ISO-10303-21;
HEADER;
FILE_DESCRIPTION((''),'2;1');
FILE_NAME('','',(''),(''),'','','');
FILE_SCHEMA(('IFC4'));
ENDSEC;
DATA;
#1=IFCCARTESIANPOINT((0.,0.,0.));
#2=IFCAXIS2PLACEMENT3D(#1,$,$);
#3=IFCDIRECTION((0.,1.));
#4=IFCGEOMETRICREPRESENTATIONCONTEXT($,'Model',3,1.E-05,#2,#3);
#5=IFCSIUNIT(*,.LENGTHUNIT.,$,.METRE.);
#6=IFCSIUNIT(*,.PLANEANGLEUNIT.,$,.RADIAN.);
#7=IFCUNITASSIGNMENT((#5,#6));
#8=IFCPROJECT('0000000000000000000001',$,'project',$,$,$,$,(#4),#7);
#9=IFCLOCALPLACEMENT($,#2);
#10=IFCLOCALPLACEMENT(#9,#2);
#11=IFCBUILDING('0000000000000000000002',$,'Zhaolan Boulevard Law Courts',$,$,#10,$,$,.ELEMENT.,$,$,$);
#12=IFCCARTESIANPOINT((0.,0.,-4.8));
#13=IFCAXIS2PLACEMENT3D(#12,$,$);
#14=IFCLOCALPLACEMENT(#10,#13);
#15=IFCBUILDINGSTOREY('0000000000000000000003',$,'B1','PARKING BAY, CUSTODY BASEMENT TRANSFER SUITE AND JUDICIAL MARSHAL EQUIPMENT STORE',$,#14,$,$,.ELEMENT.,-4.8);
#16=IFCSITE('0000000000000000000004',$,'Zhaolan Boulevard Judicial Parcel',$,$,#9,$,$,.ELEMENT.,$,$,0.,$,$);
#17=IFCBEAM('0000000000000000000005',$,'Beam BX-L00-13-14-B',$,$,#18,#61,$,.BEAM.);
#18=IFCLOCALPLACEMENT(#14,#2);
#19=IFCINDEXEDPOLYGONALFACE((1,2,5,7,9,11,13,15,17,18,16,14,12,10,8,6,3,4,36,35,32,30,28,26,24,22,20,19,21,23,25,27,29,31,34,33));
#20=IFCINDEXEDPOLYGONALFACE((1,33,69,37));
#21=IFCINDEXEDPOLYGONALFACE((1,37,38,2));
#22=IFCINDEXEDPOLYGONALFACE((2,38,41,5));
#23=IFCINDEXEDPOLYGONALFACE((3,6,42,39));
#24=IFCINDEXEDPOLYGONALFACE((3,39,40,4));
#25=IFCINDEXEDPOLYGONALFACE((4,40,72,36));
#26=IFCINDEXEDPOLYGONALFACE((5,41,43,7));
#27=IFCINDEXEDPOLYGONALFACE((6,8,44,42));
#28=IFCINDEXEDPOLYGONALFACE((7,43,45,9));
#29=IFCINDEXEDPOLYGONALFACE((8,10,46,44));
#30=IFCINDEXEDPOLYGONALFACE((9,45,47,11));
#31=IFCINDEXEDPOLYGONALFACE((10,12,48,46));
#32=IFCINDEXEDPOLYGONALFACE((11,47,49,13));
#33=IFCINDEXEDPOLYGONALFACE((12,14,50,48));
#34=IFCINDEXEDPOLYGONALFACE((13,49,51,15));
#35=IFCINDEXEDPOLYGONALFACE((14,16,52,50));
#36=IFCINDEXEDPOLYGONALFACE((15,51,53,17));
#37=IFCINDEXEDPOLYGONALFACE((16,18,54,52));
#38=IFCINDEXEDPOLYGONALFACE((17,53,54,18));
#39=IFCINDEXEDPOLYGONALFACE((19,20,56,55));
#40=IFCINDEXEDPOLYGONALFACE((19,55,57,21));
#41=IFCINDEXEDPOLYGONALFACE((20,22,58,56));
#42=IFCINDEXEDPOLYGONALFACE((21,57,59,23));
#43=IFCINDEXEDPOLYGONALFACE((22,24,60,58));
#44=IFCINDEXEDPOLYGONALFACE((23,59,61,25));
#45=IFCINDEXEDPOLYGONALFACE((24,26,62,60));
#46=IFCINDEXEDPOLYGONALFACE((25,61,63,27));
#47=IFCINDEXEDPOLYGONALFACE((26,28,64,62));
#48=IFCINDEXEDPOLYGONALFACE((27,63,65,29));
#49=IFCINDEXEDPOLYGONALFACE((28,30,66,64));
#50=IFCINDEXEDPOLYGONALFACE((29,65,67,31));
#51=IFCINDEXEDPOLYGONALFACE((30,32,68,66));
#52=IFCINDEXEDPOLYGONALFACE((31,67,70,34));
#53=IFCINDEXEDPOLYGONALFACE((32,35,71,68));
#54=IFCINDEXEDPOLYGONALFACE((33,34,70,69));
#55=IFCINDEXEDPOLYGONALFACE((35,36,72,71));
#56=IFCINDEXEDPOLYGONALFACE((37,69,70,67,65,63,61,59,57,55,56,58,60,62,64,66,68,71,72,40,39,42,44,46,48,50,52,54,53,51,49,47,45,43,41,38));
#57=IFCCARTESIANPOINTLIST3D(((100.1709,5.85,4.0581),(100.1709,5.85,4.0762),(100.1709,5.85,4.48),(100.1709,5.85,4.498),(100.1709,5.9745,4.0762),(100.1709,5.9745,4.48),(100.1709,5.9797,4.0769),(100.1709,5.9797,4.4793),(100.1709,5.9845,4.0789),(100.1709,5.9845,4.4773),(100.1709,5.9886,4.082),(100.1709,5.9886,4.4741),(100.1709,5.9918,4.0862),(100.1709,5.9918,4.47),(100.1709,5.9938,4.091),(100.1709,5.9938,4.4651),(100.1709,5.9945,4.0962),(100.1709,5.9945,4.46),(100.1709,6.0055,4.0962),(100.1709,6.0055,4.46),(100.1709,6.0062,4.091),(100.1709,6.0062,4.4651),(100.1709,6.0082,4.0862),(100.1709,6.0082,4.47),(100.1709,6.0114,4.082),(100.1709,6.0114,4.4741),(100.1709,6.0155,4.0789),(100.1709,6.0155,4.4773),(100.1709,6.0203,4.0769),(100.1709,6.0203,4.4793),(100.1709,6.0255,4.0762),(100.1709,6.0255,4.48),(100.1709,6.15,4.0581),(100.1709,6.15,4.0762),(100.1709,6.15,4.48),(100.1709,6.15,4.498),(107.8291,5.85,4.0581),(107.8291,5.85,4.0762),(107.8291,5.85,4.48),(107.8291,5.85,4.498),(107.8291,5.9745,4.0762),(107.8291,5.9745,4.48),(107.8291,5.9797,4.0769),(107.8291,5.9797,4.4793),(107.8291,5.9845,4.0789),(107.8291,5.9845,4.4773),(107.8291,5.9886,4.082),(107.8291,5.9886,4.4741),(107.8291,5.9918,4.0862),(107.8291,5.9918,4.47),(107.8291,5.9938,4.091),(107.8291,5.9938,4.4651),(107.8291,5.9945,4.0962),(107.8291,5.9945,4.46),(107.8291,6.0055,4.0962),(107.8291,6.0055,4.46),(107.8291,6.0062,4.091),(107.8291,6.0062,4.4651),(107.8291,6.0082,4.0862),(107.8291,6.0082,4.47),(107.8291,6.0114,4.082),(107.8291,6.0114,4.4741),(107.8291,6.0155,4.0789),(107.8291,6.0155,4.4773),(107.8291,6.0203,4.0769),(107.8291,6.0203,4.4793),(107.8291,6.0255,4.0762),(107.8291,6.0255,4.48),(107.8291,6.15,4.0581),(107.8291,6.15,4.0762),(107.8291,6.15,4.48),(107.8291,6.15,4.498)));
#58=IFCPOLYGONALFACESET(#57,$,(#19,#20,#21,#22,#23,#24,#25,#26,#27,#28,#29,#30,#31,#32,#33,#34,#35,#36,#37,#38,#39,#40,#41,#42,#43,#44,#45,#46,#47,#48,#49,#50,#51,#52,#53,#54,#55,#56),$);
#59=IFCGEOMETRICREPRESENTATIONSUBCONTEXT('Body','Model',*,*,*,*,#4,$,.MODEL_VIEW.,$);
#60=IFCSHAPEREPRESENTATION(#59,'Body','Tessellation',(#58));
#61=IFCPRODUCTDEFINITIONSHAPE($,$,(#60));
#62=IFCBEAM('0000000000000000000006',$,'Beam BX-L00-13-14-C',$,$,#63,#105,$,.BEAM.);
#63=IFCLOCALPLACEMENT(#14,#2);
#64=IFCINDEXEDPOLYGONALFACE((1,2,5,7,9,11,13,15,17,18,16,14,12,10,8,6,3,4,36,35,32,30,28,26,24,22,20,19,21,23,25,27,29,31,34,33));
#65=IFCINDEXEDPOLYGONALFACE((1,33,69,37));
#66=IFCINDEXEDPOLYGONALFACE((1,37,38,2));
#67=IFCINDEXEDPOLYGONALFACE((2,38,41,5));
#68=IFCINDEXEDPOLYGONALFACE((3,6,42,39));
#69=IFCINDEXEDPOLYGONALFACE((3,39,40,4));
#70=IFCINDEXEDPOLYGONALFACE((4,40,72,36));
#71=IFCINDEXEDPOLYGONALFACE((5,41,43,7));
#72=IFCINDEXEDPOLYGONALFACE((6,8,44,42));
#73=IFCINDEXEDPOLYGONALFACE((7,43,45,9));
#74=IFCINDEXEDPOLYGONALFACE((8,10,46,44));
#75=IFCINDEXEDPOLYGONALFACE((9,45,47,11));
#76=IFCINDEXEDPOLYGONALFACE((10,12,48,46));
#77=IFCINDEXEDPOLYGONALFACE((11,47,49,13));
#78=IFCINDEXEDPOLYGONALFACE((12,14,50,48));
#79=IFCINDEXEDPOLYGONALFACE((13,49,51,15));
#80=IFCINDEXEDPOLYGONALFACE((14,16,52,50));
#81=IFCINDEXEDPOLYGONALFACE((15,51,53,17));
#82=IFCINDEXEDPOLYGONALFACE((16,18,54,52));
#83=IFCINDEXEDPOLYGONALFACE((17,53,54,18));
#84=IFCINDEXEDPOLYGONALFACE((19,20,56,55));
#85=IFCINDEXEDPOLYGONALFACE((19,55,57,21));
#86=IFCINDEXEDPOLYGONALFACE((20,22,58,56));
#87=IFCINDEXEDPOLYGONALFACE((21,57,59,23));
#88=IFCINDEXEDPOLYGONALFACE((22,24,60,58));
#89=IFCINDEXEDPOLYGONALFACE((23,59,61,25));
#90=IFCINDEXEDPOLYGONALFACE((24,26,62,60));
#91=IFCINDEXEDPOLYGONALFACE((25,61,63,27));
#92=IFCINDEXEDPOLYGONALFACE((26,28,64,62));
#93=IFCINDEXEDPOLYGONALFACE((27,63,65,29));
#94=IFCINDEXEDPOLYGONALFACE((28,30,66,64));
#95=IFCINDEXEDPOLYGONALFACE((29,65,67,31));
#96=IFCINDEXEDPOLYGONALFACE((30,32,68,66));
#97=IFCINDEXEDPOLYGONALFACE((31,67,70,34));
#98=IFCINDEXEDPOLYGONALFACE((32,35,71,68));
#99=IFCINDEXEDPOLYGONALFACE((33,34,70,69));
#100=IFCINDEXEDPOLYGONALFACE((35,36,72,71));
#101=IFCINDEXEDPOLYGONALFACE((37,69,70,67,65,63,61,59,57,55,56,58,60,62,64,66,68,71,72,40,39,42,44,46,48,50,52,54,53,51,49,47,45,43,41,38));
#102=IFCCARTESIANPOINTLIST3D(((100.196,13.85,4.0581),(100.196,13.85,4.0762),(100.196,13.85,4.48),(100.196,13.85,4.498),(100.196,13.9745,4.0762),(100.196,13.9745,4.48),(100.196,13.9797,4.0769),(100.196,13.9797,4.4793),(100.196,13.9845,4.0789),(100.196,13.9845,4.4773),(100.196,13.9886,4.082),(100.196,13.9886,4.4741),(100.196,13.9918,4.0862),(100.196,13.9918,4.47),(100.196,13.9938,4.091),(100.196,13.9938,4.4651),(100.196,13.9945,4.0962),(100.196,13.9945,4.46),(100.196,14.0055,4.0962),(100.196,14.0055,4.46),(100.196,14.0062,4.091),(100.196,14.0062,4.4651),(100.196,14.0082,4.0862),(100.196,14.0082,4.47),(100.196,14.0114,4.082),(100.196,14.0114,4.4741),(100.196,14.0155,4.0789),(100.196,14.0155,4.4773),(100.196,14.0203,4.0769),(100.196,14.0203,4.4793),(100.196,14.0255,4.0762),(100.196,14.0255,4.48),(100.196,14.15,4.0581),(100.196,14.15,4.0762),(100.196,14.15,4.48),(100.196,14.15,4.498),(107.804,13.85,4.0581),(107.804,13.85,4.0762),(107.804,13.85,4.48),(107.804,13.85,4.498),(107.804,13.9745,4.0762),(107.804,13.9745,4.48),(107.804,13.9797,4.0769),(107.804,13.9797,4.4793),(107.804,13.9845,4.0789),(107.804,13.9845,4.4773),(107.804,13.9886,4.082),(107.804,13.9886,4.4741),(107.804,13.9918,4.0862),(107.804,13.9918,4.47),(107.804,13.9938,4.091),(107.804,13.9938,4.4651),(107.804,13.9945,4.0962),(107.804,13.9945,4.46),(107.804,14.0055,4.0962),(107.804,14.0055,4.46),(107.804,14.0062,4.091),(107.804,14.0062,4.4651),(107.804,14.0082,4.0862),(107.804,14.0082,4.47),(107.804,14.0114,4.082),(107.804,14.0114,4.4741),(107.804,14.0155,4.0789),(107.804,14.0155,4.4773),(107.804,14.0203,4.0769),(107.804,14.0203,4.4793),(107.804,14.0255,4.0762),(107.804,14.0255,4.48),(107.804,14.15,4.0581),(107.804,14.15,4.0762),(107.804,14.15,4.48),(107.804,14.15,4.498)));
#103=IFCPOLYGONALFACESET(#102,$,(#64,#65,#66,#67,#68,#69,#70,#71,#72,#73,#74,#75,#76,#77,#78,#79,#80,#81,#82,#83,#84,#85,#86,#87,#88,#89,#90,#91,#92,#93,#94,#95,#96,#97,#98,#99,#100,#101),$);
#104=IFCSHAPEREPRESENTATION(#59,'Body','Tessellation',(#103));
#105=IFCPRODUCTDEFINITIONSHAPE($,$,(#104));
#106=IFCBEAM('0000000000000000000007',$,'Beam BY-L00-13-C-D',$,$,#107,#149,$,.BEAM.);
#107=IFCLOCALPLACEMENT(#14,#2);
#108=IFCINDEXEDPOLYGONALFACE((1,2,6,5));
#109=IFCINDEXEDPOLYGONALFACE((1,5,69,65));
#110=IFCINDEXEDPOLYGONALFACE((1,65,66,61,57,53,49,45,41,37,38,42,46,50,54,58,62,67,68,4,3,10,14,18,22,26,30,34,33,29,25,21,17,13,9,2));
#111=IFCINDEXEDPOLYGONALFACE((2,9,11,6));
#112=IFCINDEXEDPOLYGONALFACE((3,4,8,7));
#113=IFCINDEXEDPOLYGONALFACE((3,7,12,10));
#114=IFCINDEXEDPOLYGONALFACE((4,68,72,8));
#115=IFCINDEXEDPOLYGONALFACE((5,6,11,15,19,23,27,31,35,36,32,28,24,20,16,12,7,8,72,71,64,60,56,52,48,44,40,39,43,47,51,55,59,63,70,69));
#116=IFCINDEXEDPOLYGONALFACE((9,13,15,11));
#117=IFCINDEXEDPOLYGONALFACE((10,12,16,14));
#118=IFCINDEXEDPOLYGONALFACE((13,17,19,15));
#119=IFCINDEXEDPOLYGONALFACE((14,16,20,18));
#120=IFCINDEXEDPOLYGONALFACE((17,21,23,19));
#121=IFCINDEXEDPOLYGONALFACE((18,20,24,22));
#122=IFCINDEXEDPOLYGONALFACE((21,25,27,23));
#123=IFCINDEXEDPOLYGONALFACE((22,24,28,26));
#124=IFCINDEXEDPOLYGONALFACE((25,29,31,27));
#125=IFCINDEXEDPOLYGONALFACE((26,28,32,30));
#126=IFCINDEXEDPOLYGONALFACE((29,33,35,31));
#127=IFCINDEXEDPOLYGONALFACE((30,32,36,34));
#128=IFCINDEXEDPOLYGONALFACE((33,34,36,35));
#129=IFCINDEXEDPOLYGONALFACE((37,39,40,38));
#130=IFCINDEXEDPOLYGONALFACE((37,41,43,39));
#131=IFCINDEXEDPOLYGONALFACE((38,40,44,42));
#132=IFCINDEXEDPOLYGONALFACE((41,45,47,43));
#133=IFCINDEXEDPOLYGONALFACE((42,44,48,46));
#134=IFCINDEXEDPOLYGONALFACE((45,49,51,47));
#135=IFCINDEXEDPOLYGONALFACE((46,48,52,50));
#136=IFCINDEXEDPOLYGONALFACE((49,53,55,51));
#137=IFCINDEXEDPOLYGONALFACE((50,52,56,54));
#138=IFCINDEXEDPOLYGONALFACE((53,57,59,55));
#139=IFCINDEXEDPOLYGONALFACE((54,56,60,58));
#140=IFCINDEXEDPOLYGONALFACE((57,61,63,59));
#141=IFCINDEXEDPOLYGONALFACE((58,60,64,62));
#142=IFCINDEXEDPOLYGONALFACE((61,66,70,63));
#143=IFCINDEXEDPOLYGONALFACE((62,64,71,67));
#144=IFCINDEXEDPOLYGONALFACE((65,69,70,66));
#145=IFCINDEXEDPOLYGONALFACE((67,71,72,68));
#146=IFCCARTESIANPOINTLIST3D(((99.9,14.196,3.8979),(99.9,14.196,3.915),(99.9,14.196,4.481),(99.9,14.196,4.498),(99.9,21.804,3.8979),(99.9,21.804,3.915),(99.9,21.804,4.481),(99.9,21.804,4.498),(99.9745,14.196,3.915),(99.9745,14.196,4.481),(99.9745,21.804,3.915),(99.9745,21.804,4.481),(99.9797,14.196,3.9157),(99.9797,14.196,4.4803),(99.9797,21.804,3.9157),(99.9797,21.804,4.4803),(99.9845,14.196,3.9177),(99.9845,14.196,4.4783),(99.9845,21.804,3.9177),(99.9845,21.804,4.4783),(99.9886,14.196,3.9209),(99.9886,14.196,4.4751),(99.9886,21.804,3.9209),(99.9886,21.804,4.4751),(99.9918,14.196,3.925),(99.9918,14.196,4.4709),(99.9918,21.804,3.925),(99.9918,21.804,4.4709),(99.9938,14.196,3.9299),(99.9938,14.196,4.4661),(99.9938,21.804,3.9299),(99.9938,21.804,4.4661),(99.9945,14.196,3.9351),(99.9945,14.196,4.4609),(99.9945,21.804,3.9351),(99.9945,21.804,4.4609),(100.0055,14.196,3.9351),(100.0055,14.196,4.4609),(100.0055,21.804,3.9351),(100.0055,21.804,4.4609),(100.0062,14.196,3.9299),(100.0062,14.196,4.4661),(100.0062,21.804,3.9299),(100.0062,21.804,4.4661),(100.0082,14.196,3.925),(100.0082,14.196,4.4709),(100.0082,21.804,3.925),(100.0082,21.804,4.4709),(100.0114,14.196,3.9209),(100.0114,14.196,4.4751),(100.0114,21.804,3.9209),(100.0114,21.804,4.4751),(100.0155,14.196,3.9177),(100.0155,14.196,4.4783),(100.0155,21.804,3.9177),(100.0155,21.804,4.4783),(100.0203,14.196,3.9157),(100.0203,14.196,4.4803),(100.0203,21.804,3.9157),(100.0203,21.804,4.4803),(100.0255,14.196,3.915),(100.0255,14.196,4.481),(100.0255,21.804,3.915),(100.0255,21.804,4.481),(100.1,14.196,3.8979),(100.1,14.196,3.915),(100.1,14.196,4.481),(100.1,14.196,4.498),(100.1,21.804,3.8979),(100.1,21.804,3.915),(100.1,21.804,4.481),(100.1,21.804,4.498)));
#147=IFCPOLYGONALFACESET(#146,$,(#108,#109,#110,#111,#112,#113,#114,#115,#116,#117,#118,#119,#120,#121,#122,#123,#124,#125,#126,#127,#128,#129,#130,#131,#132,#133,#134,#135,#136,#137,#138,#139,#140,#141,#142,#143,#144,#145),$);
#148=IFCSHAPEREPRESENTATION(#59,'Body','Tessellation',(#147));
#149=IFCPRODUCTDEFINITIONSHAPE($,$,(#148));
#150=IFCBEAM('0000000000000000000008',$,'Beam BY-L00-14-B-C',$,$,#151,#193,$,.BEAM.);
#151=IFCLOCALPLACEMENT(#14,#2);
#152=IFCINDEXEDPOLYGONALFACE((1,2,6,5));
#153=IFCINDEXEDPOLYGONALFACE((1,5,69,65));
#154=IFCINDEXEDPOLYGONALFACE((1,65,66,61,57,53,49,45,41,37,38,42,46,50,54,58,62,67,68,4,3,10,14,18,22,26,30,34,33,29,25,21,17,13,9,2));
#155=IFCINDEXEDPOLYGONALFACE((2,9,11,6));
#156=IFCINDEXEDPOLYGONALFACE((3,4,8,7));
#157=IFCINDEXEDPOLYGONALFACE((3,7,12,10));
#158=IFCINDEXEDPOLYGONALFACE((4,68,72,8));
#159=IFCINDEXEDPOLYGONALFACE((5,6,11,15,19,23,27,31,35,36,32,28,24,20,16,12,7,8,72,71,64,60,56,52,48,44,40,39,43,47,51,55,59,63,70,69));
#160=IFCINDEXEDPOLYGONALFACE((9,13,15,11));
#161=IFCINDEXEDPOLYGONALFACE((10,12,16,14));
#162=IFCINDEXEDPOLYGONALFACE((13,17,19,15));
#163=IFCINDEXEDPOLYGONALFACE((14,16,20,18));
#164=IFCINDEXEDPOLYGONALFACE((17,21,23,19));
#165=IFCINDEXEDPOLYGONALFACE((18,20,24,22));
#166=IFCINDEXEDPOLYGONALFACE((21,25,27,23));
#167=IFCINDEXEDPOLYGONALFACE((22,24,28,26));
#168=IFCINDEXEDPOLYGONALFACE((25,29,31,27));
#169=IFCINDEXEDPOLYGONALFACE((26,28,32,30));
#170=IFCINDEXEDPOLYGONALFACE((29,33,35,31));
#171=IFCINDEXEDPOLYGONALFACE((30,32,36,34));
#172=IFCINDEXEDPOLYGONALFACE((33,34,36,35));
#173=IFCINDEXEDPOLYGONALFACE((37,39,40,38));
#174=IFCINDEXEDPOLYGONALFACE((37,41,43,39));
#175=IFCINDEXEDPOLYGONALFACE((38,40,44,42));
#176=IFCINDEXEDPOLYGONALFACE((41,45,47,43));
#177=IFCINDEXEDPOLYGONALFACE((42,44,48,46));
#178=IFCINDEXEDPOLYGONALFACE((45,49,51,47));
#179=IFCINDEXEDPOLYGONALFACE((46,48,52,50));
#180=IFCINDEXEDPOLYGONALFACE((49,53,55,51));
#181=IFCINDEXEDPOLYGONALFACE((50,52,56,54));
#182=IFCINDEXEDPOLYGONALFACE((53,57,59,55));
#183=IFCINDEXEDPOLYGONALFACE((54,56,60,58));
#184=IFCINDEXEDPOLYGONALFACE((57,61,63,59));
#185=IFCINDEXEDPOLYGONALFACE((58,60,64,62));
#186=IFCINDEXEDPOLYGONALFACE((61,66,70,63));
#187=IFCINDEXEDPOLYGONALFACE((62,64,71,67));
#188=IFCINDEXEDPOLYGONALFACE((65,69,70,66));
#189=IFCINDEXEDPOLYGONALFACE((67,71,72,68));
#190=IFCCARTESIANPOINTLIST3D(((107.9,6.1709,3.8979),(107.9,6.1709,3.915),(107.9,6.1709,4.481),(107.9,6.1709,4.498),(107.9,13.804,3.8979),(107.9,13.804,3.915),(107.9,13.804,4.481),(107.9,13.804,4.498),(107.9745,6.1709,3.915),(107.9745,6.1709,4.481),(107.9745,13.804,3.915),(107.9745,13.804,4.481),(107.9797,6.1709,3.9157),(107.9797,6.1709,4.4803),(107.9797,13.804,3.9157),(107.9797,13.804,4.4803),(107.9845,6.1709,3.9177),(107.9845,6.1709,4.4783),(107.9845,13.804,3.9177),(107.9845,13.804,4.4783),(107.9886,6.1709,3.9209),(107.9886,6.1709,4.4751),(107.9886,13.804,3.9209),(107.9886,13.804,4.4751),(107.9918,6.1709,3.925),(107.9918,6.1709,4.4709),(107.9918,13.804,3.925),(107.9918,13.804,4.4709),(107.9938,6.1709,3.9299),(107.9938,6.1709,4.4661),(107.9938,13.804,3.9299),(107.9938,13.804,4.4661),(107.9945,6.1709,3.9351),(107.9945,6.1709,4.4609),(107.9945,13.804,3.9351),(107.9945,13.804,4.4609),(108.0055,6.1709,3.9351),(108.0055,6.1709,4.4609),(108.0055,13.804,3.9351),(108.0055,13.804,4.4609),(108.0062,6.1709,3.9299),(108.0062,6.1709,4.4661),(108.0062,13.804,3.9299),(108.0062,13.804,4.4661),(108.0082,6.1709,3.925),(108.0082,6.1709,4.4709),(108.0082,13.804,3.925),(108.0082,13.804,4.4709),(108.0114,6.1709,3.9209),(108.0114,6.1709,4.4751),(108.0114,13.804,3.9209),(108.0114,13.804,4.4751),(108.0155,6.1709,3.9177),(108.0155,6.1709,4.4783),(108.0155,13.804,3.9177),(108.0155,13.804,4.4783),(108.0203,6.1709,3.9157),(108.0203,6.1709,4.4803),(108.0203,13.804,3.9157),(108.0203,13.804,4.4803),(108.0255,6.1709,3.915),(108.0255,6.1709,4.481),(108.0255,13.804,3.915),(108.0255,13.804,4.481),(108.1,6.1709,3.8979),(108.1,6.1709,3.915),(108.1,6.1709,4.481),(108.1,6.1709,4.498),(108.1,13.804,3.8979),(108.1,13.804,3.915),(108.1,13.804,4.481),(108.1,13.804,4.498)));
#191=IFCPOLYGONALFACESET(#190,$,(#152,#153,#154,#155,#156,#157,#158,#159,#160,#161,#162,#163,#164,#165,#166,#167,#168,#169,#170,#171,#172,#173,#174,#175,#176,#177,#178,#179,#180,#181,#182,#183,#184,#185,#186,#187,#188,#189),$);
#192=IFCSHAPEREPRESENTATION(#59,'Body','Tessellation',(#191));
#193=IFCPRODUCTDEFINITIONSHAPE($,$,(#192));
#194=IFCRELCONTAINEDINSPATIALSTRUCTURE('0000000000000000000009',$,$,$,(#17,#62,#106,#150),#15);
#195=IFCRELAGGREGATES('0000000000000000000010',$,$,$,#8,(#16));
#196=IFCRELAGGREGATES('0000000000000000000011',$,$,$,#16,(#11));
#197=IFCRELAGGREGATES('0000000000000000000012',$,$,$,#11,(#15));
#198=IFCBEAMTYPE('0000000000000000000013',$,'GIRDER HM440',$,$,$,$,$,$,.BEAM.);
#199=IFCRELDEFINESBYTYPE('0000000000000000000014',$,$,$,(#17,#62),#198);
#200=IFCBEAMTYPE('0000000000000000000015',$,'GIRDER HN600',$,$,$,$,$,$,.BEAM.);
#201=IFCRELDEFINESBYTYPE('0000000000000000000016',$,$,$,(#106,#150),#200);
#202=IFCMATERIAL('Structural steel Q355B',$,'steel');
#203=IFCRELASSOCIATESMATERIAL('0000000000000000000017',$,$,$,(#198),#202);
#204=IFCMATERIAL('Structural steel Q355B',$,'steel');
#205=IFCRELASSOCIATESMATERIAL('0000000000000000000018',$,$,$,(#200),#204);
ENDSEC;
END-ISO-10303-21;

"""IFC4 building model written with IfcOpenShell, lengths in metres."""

from ifc_helpers import new_model, si_unit, direction, frame, origin, origin_2d, place, context, subcontext, project, spatial, i_section, extrude, material, material_profile, profile_set, type_object, element, save


model = new_model("IFC4")

# Units and contexts
model_context = context("Model", 3, precision=1e-05, world=origin(), true_north=direction((0.0, 1.0)))
body_context = subcontext(model_context, "Body", "Model", "MODEL_VIEW")
ifc_project = project(units=[si_unit("LENGTHUNIT", "METRE"), si_unit("PLANEANGLEUNIT", "RADIAN")], contexts=[model_context])

# Site, building, storey
site_placement = place(None, origin())
site = spatial("IfcSite", under=ifc_project, at=site_placement, Name="Zhaolan Boulevard Judicial Parcel", CompositionType="ELEMENT", RefElevation=0.0)
building_placement = place(site_placement, origin())
building = spatial("IfcBuilding", under=site, at=building_placement, Name="Zhaolan Boulevard Law Courts", CompositionType="ELEMENT")
storey_placement = place(building_placement, frame((0.0, 0.0, -4.8)))
storey = spatial("IfcBuildingStorey", under=building, at=storey_placement, Name="B1", Description="PARKING BAY, CUSTODY BASEMENT TRANSFER SUITE AND JUDICIAL MARSHAL EQUIPMENT STORE", CompositionType="ELEMENT", Elevation=-4.8)

# Beams
ifc_material_1 = material(Name="Structural steel Q355B", Category="steel")
ifc_material_profile_1 = material_profile(ifc_material_1, i_section(OverallWidth=0.3, OverallDepth=0.4399, WebThickness=0.011, FlangeThickness=0.0181, FilletRadius=0.02, at=origin_2d()), Name="HM440x300")
ifc_profile_set_1 = profile_set([ifc_material_profile_1], Name="Structural steel Q355B")
beam_type_1 = type_object("IfcBeamType", Name="GIRDER HM440", PredefinedType="BEAM", material=ifc_profile_set_1)
beam_1_placement = place(storey_placement, frame((100.1709, 6.0, 4.2781), z_axis=(1.0, 0.0, 0.0), x_axis=(0.0, 1.0, 0.0)))
element("IfcBeam", 1, at=beam_1_placement, inside=storey, type_object=beam_type_1, Name="Beam BX-L00-13-14-B", PredefinedType="BEAM", context=body_context, shape_type="SweptSolid", body=[
    extrude(i_section(OverallWidth=0.3, OverallDepth=0.4399, WebThickness=0.011, FlangeThickness=0.0181, FilletRadius=0.02, at=origin_2d()), origin(), (0.0, 0.0, 1.0), 7.6582),
])
beam_2_placement = place(storey_placement, frame((100.196, 14.0, 4.2781), z_axis=(1.0, 0.0, 0.0), x_axis=(0.0, 1.0, 0.0)))
element("IfcBeam", 2, at=beam_2_placement, inside=storey, type_object=beam_type_1, Name="Beam BX-L00-13-14-C", PredefinedType="BEAM", context=body_context, shape_type="SweptSolid", body=[
    extrude(i_section(OverallWidth=0.3, OverallDepth=0.4399, WebThickness=0.011, FlangeThickness=0.0181, FilletRadius=0.02, at=origin_2d()), origin(), (0.0, 0.0, 1.0), 7.6079),
])
ifc_material_2 = material(Name="Structural steel Q355B", Category="steel")
ifc_material_profile_2 = material_profile(ifc_material_2, i_section(OverallWidth=0.2, OverallDepth=0.6001, WebThickness=0.011, FlangeThickness=0.0171, FilletRadius=0.02, at=origin_2d()), Name="HN600x200")
ifc_profile_set_2 = profile_set([ifc_material_profile_2], Name="Structural steel Q355B")
beam_type_2 = type_object("IfcBeamType", Name="GIRDER HN600", PredefinedType="BEAM", material=ifc_profile_set_2)
beam_3_placement = place(storey_placement, frame((100.0, 14.196, 4.198), z_axis=(0.0, 1.0, 0.0), x_axis=(-1.0, 0.0, 0.0)))
element("IfcBeam", 3, at=beam_3_placement, inside=storey, type_object=beam_type_2, Name="Beam BY-L00-13-C-D", PredefinedType="BEAM", context=body_context, shape_type="SweptSolid", body=[
    extrude(i_section(OverallWidth=0.2, OverallDepth=0.6001, WebThickness=0.011, FlangeThickness=0.0171, FilletRadius=0.02, at=origin_2d()), origin(), (0.0, 0.0, 1.0), 7.6079),
])
beam_4_placement = place(storey_placement, frame((108.0, 6.1709, 4.198), z_axis=(0.0, 1.0, 0.0), x_axis=(-1.0, 0.0, 0.0)))
element("IfcBeam", 4, at=beam_4_placement, inside=storey, type_object=beam_type_2, Name="Beam BY-L00-14-B-C", PredefinedType="BEAM", context=body_context, shape_type="SweptSolid", body=[
    extrude(i_section(OverallWidth=0.2, OverallDepth=0.6001, WebThickness=0.011, FlangeThickness=0.0171, FilletRadius=0.02, at=origin_2d()), origin(), (0.0, 0.0, 1.0), 7.6331),
])

save(model, "model.ifc")
